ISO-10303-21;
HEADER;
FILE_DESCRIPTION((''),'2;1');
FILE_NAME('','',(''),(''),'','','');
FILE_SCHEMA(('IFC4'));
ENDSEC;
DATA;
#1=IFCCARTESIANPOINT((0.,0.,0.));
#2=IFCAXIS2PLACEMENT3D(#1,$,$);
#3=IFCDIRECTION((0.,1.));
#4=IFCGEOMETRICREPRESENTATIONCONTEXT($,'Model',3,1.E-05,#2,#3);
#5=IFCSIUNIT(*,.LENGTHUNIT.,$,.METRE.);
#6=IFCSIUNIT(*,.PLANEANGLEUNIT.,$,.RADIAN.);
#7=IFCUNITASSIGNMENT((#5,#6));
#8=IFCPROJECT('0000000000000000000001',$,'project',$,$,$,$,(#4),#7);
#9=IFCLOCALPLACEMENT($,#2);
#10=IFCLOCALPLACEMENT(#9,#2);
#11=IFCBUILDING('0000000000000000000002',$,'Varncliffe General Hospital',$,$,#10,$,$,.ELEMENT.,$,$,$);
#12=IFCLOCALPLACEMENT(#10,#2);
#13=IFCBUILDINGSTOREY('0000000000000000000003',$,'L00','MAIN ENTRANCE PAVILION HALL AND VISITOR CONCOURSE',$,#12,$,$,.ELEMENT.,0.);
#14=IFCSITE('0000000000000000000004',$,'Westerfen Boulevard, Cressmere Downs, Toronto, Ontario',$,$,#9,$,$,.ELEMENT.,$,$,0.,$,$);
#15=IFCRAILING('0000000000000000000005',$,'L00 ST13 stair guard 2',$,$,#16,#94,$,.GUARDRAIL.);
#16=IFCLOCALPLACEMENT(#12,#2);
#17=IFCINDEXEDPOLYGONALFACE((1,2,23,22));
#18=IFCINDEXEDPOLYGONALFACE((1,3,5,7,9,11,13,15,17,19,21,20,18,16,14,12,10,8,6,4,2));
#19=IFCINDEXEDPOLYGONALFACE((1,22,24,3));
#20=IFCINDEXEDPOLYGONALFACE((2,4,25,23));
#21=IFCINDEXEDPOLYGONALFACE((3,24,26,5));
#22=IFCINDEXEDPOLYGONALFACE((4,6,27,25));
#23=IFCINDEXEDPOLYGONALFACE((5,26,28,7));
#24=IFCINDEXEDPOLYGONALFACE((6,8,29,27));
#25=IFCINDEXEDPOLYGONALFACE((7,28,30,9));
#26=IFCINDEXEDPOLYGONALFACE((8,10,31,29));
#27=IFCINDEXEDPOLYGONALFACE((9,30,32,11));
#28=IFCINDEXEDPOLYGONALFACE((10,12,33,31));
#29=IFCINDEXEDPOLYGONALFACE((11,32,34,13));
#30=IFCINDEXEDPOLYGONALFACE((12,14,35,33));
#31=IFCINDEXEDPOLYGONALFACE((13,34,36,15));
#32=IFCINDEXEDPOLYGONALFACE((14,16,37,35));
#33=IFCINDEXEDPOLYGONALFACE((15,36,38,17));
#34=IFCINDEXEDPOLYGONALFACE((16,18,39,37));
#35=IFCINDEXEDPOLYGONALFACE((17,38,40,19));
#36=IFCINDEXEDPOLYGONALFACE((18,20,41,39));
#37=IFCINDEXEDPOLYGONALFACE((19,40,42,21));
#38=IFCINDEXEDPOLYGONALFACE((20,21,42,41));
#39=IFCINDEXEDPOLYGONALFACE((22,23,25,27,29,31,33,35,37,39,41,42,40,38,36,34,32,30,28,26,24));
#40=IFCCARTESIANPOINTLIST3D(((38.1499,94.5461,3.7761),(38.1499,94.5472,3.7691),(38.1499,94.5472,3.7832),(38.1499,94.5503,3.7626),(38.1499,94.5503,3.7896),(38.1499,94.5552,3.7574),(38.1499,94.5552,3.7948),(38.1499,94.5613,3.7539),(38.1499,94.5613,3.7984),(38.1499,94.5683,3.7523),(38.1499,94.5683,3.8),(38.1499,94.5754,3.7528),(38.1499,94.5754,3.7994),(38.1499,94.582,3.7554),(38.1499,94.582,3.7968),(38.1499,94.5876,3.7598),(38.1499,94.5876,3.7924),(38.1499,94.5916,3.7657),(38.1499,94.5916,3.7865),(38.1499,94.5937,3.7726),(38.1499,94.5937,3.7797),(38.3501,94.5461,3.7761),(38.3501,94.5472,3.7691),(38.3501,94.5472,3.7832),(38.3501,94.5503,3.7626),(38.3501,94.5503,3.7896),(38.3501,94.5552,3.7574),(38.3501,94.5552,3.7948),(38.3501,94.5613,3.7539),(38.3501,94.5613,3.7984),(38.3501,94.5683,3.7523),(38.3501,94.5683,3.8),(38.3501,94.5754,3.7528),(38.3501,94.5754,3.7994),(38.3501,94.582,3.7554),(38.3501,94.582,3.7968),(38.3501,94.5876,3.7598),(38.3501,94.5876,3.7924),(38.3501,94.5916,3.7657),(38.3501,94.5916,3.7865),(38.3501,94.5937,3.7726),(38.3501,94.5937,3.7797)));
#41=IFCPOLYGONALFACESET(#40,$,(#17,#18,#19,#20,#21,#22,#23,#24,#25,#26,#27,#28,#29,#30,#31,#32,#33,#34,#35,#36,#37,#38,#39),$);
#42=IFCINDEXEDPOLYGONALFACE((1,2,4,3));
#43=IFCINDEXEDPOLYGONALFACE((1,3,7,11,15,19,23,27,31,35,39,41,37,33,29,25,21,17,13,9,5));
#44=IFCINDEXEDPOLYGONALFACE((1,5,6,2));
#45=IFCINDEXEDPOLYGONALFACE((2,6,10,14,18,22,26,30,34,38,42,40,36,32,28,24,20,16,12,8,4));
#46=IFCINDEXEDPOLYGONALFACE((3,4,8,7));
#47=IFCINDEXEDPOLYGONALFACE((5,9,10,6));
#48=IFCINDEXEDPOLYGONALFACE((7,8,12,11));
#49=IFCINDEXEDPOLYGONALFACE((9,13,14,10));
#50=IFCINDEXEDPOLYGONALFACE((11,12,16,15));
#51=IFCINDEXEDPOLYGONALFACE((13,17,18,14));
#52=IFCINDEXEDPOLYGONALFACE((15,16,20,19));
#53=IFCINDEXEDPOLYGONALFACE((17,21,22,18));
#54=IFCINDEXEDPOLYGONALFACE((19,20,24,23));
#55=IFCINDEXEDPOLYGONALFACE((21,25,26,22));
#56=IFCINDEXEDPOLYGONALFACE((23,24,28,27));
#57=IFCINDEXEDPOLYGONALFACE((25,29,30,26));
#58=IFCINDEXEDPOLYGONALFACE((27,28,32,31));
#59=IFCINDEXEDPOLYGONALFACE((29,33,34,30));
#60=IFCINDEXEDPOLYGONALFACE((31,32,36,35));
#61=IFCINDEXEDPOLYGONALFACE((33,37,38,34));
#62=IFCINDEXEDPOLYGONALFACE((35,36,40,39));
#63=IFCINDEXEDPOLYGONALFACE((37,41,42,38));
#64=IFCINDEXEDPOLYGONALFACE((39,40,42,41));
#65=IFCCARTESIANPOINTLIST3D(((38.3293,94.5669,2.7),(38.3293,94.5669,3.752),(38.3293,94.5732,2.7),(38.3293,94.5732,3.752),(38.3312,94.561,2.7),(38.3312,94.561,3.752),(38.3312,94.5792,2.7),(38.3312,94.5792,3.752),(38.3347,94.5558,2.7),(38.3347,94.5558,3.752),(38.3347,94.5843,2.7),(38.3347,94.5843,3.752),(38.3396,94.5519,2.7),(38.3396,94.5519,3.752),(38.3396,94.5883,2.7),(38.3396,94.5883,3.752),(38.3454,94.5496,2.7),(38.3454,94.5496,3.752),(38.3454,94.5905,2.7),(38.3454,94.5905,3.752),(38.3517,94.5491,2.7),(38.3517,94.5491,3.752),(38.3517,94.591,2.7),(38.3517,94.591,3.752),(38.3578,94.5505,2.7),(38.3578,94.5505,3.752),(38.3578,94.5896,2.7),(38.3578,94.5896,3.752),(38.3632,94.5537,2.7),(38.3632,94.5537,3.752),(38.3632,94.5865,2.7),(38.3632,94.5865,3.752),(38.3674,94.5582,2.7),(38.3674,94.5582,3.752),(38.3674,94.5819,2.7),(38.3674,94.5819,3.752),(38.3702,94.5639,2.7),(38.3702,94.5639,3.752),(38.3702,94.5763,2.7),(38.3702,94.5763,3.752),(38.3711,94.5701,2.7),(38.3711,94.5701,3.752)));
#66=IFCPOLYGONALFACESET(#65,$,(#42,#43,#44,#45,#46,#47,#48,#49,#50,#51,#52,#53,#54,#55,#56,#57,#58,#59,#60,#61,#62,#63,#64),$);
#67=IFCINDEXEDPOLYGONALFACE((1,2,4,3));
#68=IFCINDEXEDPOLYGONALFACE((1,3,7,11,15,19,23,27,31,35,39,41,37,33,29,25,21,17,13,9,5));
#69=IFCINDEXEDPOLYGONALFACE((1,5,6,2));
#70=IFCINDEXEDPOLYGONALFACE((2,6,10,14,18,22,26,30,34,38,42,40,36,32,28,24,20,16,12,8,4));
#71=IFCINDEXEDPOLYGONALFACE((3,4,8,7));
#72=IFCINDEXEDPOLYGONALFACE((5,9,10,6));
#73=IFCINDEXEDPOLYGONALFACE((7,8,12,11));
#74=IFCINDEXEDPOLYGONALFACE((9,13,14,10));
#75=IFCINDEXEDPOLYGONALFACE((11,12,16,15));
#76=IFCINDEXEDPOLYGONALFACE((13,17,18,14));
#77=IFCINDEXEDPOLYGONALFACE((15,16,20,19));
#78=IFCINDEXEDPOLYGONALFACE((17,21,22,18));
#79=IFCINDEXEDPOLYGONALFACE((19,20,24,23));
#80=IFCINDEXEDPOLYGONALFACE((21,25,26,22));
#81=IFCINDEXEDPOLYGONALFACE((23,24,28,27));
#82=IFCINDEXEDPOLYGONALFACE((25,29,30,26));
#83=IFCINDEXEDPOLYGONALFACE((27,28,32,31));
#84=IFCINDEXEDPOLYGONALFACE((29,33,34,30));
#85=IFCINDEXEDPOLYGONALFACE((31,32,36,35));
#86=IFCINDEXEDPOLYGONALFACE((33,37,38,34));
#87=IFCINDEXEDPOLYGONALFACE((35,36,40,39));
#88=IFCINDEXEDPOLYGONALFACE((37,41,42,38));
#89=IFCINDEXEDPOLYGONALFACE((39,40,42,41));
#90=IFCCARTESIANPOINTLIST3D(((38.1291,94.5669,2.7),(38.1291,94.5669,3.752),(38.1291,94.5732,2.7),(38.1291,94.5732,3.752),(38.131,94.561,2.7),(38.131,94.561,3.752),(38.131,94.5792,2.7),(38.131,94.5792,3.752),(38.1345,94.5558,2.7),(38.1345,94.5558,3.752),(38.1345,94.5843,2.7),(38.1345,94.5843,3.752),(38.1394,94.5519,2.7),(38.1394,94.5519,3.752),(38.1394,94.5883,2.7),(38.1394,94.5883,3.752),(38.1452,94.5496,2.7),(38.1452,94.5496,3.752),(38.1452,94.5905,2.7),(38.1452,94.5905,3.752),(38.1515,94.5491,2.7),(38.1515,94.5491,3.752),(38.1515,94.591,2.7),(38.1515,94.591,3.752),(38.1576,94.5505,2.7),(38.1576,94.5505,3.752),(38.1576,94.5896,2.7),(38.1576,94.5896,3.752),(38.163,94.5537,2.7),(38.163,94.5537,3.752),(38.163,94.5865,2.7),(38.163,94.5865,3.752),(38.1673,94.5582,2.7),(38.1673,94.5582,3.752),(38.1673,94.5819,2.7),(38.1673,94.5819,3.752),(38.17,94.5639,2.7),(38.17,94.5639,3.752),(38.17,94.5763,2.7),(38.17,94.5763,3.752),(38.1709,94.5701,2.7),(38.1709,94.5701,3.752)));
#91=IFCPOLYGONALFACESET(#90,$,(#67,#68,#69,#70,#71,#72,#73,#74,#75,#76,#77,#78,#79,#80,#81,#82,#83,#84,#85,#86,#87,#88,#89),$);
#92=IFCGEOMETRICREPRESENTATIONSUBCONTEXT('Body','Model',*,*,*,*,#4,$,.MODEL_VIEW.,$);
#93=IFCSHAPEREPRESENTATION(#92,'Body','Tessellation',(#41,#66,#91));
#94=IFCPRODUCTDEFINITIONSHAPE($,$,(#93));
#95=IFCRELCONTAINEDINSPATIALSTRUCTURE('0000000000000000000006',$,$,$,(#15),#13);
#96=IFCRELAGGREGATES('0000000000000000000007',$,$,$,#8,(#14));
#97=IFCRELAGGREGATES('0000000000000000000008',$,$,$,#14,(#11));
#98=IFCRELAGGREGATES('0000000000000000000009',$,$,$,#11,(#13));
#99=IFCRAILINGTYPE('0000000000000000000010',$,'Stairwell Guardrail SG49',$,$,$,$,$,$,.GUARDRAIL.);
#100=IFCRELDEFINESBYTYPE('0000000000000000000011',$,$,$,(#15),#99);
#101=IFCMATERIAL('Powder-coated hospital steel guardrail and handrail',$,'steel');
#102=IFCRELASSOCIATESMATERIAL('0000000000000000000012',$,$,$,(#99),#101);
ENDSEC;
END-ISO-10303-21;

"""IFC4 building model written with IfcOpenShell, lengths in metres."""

from ifc_helpers import new_model, si_unit, direction, frame, origin, origin_2d, place, context, subcontext, project, spatial, circle, extrude, material, type_object, element, save


model = new_model("IFC4")

# Units and contexts
model_context = context("Model", 3, precision=1e-05, world=origin(), true_north=direction((0.0, 1.0)))
body_context = subcontext(model_context, "Body", "Model", "MODEL_VIEW")
ifc_project = project(units=[si_unit("LENGTHUNIT", "METRE"), si_unit("PLANEANGLEUNIT", "RADIAN")], contexts=[model_context])

# Site, building, storey
site_placement = place(None, origin())
site = spatial("IfcSite", under=ifc_project, at=site_placement, Name="Westerfen Boulevard, Cressmere Downs, Toronto, Ontario", CompositionType="ELEMENT", RefElevation=0.0)
building_placement = place(site_placement, origin())
building = spatial("IfcBuilding", under=site, at=building_placement, Name="Varncliffe General Hospital", CompositionType="ELEMENT")
storey_placement = place(building_placement, origin())
storey = spatial("IfcBuildingStorey", under=building, at=storey_placement, Name="L00", Description="MAIN ENTRANCE PAVILION HALL AND VISITOR CONCOURSE", CompositionType="ELEMENT", Elevation=0.0)

# Railing
ifc_material_1 = material(Name="Powder-coated hospital steel guardrail and handrail", Category="steel")
railing_type_1 = type_object("IfcRailingType", Name="Stairwell Guardrail SG49", PredefinedType="GUARDRAIL", material=ifc_material_1)
railing_1_placement = place(storey_placement, frame((38.3501, 94.5701, 2.7)))
element("IfcRailing", 1, at=railing_1_placement, inside=storey, type_object=railing_type_1, Name="L00 ST13 stair guard 2", PredefinedType="GUARDRAIL", context=body_context, shape_type="SweptSolid", body=[
    extrude(circle(Radius=0.0239, at=origin_2d()), frame((0.0, 0.0, 1.0762), z_axis=(-1.0, 0.0, 0.0), x_axis=(0.0, -1.0, 0.0)), (0.0, 0.0, 1.0), 0.2002),
    extrude(circle(Radius=0.021, at=origin_2d()), origin(), (0.0, 0.0, 1.0), 1.052),
    extrude(circle(Radius=0.021, at=origin_2d()), frame((-0.2002, 0.0, 0.0)), (0.0, 0.0, 1.0), 1.052),
])

save(model, "model.ifc")
